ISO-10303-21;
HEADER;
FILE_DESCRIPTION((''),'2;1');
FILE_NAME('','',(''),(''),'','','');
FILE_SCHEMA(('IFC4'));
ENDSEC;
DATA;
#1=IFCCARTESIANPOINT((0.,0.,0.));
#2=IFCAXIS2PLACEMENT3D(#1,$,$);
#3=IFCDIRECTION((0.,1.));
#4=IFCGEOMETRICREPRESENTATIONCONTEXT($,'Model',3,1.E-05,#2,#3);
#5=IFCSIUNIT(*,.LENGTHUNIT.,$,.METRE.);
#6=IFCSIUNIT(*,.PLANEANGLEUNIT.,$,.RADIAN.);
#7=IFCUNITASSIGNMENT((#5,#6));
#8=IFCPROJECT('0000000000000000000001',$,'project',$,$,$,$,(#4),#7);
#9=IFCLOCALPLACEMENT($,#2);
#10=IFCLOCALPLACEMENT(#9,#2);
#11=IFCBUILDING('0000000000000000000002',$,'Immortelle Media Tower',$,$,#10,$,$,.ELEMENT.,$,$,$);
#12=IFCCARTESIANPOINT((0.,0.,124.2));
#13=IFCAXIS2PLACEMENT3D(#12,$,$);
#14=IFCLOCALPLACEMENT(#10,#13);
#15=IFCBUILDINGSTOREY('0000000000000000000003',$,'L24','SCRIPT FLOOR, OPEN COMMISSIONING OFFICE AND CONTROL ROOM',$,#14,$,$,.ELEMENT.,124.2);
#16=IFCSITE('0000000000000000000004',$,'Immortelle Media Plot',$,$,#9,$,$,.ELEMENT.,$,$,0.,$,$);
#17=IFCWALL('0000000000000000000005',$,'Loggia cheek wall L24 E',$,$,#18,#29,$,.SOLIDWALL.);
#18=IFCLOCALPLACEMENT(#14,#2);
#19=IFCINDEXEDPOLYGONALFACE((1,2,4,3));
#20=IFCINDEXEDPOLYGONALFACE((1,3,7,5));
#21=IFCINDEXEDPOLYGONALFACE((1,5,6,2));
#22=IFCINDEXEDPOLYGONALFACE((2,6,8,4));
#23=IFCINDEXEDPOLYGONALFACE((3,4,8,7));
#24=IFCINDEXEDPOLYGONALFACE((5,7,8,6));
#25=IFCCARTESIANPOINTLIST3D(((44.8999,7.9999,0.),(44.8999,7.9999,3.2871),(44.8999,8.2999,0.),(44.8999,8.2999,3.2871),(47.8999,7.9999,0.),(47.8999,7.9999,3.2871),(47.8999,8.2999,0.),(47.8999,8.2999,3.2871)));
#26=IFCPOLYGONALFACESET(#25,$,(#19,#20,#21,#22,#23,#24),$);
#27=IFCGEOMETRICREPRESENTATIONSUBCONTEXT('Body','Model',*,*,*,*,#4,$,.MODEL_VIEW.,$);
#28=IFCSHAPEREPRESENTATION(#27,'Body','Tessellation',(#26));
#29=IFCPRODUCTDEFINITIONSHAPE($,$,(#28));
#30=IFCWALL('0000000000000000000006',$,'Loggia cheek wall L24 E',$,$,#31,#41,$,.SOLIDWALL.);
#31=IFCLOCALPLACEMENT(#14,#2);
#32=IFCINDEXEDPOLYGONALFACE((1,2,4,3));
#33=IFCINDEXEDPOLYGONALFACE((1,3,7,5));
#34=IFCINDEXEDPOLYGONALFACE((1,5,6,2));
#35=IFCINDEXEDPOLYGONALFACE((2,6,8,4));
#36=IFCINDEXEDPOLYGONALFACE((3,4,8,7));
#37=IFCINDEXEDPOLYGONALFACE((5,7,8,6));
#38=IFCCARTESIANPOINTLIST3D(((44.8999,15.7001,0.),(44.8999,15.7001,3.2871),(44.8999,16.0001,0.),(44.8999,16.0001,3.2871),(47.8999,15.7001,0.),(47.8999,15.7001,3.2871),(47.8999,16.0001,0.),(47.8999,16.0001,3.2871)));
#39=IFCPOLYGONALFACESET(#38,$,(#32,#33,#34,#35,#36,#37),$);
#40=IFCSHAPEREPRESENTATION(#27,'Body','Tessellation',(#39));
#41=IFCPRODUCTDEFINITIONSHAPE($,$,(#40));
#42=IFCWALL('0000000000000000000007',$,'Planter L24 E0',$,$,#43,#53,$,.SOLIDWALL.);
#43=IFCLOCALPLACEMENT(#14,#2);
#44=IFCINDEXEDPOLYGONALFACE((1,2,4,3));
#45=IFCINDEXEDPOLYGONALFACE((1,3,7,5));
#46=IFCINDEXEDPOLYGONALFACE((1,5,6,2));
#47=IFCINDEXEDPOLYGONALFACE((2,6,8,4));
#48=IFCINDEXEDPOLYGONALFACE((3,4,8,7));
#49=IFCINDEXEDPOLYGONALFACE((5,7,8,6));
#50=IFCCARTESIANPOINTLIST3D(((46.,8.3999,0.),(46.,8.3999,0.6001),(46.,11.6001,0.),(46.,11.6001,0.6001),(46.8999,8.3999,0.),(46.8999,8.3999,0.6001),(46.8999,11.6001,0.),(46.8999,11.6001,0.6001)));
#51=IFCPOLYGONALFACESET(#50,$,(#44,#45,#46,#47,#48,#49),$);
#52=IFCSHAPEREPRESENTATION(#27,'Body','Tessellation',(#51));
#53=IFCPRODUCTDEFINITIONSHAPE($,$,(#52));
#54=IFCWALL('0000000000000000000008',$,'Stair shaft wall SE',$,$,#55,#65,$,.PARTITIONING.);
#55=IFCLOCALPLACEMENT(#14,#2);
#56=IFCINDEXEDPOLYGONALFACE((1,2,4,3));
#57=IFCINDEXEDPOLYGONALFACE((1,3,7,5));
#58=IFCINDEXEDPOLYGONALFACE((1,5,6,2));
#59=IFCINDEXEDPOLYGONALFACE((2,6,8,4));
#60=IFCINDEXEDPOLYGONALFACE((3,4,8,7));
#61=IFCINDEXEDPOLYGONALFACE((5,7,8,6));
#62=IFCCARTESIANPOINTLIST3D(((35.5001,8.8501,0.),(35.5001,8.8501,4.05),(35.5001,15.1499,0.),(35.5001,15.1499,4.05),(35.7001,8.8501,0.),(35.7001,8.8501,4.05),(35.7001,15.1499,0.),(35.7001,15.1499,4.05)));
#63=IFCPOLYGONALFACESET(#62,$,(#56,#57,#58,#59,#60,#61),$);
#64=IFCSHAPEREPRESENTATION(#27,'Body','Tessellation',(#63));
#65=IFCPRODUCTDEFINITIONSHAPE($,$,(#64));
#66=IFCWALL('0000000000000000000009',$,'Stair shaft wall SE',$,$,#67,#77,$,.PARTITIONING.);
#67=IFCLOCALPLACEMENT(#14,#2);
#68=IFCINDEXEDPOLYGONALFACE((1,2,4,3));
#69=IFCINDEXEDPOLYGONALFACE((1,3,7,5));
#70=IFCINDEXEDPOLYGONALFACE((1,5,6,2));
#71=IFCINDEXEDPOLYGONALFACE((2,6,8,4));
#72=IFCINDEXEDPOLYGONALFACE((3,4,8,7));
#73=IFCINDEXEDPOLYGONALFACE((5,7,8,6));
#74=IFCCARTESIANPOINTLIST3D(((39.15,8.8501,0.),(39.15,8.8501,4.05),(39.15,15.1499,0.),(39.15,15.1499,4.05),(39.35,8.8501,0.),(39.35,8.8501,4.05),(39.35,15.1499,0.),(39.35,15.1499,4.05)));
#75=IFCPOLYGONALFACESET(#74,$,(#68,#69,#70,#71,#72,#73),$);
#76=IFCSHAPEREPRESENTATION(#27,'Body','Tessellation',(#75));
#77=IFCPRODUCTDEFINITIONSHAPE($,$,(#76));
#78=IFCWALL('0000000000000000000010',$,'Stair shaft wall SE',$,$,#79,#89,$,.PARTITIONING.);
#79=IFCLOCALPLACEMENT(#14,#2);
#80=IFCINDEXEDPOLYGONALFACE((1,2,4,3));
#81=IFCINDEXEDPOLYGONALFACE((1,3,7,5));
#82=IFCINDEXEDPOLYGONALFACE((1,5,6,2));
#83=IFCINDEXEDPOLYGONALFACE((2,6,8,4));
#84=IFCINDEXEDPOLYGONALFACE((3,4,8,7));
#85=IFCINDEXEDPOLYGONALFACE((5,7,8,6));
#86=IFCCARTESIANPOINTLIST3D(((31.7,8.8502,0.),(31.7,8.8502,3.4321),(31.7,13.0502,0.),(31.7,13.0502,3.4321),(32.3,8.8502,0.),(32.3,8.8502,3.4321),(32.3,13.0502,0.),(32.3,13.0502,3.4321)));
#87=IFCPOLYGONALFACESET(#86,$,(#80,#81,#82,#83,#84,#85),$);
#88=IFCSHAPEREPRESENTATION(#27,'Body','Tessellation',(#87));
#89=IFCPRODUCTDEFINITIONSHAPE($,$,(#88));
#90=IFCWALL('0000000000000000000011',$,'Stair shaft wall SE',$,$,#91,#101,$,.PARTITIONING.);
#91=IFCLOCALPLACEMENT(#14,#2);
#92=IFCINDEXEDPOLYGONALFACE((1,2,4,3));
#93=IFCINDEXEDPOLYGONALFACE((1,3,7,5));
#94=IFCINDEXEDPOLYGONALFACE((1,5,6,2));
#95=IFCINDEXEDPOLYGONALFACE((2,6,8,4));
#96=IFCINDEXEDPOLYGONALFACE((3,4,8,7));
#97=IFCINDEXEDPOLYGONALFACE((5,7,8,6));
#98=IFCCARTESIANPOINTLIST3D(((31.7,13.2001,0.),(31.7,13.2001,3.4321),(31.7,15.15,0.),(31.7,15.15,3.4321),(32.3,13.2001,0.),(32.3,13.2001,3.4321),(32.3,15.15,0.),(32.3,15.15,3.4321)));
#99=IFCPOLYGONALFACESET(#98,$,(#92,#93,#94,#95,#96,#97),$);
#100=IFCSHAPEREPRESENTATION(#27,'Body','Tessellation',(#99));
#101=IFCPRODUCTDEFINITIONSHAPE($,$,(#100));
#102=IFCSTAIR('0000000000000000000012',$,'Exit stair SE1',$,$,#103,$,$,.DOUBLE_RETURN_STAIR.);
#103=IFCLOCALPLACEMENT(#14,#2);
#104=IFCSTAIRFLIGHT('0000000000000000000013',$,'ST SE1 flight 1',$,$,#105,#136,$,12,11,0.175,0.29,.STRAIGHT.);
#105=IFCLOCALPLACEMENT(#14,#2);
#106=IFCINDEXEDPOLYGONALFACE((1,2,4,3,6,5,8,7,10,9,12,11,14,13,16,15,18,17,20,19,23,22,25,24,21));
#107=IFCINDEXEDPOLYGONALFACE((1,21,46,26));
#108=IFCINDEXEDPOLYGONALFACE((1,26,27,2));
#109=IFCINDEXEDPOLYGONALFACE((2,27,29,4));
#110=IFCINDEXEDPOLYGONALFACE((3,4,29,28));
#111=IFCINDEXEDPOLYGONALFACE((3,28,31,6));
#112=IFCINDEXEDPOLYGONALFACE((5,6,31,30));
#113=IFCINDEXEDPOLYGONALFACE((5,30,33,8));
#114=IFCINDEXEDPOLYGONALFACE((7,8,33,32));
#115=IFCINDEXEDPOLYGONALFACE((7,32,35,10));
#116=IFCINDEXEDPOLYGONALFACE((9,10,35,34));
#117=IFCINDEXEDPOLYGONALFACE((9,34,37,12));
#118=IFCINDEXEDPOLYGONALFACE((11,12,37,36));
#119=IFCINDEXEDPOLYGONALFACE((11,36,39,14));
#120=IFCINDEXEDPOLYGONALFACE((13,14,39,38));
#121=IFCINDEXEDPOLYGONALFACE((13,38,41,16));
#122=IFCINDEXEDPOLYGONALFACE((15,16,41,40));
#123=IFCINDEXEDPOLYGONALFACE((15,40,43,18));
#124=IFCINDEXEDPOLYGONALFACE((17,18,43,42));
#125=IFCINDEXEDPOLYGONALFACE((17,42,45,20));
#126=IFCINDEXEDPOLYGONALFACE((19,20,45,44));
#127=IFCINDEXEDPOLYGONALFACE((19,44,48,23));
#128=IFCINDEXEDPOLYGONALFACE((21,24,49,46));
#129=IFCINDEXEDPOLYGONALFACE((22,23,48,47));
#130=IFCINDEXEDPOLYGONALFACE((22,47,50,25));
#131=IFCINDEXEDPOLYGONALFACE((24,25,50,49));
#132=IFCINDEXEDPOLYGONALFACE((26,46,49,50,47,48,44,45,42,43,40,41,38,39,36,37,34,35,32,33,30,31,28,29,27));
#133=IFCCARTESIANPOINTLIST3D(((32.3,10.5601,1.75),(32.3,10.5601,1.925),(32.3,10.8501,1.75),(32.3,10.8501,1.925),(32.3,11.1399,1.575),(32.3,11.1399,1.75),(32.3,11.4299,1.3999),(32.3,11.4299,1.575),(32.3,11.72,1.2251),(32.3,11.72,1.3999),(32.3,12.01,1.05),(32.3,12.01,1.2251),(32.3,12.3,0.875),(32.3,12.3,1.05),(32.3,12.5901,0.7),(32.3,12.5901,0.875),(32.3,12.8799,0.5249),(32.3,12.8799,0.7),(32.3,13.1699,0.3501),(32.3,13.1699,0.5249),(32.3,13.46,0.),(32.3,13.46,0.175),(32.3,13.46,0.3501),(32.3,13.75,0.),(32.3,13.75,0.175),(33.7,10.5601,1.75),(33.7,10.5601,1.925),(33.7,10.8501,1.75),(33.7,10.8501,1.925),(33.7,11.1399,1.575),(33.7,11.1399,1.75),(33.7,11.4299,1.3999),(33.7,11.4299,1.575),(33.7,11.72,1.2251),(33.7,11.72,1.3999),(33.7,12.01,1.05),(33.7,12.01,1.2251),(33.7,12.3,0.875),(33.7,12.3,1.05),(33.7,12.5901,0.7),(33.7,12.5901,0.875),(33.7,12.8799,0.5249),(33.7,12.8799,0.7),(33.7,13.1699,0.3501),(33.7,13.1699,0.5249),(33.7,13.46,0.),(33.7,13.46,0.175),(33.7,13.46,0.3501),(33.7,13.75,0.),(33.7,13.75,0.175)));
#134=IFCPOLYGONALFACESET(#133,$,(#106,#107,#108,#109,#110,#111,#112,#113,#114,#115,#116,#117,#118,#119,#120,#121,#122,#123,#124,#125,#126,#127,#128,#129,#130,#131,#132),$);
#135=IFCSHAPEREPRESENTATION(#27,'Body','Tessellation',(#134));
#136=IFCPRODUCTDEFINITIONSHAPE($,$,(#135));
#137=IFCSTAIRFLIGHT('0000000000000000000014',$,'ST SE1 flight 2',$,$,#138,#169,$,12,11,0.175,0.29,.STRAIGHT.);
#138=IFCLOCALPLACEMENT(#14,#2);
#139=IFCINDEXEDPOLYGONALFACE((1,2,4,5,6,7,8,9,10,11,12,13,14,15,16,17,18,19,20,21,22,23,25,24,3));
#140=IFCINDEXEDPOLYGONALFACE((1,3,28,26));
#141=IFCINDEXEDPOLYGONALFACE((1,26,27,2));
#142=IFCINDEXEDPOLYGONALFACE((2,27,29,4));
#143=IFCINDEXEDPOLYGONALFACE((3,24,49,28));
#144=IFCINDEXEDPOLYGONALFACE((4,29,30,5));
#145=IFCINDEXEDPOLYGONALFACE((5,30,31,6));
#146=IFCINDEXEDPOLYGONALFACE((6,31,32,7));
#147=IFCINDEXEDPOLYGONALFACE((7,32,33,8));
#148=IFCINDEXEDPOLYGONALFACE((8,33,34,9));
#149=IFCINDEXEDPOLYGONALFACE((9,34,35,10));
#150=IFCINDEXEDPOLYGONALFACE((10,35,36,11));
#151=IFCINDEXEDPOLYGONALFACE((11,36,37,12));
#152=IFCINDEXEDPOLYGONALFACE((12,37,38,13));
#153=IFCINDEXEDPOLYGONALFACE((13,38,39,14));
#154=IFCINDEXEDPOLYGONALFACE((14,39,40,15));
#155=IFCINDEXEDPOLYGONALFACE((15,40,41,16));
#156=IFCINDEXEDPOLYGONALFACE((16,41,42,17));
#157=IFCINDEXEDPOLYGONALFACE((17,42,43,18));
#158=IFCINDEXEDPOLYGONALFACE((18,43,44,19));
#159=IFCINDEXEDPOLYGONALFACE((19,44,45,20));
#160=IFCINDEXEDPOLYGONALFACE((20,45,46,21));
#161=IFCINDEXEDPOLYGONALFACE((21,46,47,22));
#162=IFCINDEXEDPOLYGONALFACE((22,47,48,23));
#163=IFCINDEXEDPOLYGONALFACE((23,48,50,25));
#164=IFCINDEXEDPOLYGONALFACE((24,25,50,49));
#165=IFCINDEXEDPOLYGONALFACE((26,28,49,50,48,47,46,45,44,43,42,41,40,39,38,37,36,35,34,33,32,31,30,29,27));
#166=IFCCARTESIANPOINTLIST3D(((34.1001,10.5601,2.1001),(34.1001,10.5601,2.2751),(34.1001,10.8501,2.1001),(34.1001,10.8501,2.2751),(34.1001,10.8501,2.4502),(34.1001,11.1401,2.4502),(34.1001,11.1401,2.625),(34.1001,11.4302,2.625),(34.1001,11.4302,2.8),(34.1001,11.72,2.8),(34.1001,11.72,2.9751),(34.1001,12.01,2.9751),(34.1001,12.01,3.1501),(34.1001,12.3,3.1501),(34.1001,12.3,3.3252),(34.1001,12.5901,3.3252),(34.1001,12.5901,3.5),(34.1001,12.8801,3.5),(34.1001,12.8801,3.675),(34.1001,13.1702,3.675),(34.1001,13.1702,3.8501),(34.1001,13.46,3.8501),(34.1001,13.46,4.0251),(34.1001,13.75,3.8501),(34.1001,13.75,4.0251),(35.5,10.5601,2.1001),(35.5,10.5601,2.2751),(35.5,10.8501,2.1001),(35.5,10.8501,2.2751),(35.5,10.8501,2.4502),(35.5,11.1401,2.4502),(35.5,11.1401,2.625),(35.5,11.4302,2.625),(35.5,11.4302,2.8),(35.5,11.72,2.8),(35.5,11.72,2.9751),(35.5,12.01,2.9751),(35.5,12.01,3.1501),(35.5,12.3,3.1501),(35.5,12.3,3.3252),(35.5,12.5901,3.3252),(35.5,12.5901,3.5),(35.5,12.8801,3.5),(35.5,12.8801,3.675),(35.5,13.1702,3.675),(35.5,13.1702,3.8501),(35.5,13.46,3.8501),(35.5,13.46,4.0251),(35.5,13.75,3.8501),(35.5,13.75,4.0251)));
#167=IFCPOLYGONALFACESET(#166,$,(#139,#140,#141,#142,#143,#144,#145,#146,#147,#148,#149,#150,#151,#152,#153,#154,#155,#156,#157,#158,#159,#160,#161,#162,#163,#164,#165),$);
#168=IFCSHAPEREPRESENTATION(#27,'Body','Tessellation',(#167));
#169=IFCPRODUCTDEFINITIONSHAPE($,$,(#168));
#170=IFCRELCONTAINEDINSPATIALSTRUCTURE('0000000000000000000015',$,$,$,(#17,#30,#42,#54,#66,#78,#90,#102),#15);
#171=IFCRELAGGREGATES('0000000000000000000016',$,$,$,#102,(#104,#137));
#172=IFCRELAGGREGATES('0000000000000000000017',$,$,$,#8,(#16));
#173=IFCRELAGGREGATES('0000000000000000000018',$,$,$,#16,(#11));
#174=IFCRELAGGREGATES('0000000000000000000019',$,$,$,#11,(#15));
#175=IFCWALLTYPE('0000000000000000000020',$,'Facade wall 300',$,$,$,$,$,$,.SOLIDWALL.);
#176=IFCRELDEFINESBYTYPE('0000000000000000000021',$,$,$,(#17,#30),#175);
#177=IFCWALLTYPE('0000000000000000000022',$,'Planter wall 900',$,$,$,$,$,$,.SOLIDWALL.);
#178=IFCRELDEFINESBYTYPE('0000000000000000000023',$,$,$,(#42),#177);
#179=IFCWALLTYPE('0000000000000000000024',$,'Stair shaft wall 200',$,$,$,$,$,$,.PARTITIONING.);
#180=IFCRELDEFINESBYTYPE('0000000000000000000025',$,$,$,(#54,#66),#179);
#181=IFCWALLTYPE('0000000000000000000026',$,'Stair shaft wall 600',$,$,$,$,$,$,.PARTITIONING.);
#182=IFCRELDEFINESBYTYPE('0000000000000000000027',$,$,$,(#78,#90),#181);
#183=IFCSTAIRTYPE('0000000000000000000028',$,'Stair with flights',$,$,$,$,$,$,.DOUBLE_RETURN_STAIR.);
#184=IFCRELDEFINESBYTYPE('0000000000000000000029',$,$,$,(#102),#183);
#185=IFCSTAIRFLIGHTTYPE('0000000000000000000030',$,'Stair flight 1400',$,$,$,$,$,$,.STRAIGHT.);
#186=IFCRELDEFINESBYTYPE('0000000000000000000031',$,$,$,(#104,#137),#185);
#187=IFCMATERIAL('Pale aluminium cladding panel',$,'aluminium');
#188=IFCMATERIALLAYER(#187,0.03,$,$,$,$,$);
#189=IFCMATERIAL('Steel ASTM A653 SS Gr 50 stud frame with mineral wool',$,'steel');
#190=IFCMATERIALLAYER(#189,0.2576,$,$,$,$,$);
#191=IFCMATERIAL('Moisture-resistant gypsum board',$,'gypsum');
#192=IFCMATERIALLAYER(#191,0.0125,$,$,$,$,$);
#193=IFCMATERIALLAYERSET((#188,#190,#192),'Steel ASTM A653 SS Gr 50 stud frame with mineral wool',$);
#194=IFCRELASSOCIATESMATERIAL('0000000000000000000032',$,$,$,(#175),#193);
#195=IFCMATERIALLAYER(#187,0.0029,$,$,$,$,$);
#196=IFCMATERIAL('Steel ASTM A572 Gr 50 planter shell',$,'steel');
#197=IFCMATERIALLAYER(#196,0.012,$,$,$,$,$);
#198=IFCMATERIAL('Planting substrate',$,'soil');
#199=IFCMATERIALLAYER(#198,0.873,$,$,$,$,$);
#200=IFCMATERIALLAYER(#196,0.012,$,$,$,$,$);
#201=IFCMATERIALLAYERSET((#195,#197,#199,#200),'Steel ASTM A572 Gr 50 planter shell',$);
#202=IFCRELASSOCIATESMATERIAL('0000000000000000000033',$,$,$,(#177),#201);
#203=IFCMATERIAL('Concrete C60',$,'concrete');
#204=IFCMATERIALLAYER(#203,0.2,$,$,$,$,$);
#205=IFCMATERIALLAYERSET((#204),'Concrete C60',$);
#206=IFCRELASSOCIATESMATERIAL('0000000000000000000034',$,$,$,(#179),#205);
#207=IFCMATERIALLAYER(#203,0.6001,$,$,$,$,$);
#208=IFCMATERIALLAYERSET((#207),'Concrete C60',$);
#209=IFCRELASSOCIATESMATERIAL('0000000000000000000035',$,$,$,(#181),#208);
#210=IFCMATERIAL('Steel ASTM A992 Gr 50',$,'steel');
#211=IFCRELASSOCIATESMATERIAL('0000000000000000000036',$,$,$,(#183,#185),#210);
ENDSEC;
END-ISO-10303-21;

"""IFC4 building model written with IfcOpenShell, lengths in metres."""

from ifc_helpers import new_model, si_unit, direction, frame, frame_2d, origin, place, context, subcontext, project, spatial, polyline, rectangle, outline, extrude, material, layer, layer_set, type_object, element, aggregate, save


model = new_model("IFC4")

# Units and contexts
model_context = context("Model", 3, precision=1e-05, world=origin(), true_north=direction((0.0, 1.0)))
body_context = subcontext(model_context, "Body", "Model", "MODEL_VIEW")
ifc_project = project(units=[si_unit("LENGTHUNIT", "METRE"), si_unit("PLANEANGLEUNIT", "RADIAN")], contexts=[model_context])

# Site, building, storey
site_placement = place(None, origin())
site = spatial("IfcSite", under=ifc_project, at=site_placement, Name="Immortelle Media Plot", CompositionType="ELEMENT", RefElevation=0.0)
building_placement = place(site_placement, origin())
building = spatial("IfcBuilding", under=site, at=building_placement, Name="Immortelle Media Tower", CompositionType="ELEMENT")
storey_placement = place(building_placement, frame((0.0, 0.0, 124.2)))
storey = spatial("IfcBuildingStorey", under=building, at=storey_placement, Name="L24", Description="SCRIPT FLOOR, OPEN COMMISSIONING OFFICE AND CONTROL ROOM", CompositionType="ELEMENT", Elevation=124.2)

# Shared definitions
ifc_material_1 = material(Name="Steel ASTM A992 Gr 50", Category="steel")

# Shared definitions
ifc_material_2 = material(Name="Pale aluminium cladding panel", Category="aluminium")
ifc_layer_1 = layer(ifc_material_2, 0.03)
ifc_material_3 = material(Name="Steel ASTM A653 SS Gr 50 stud frame with mineral wool", Category="steel")
ifc_layer_2 = layer(ifc_material_3, 0.2576)
ifc_material_4 = material(Name="Moisture-resistant gypsum board", Category="gypsum")
ifc_layer_3 = layer(ifc_material_4, 0.0125)
ifc_layer_set_1 = layer_set([ifc_layer_1, ifc_layer_2, ifc_layer_3], Name="Steel ASTM A653 SS Gr 50 stud frame with mineral wool")
wall_type_1 = type_object("IfcWallType", Name="Facade wall 300", PredefinedType="SOLIDWALL", material=ifc_layer_set_1)

# Walls
for number, where, z_axis, x_axis, name in (
    (1, (47.8999, 8.1499, 0.0), (0.0, 0.0, 1.0), (-1.0, 0.0, 0.0), "Loggia cheek wall L24 E"),
    (2, (47.8999, 15.8501, 0.0), (0.0, 0.0, 1.0), (-1.0, 0.0, 0.0), "Loggia cheek wall L24 E"),
):
    element("IfcWall", number, at=place(storey_placement, frame(where, z_axis=z_axis, x_axis=x_axis)), inside=storey, type_object=wall_type_1, Name=name, PredefinedType="SOLIDWALL", context=body_context, shape_type="SweptSolid", body=[
        extrude(rectangle(XDim=3.0, YDim=0.3, at=frame_2d((1.5, 0.0))), origin(), (0.0, 0.0, 1.0), 3.2871),
    ])
ifc_layer_4 = layer(ifc_material_2, 0.0029)
ifc_material_5 = material(Name="Steel ASTM A572 Gr 50 planter shell", Category="steel")
ifc_layer_5 = layer(ifc_material_5, 0.012)
ifc_material_6 = material(Name="Planting substrate", Category="soil")
ifc_layer_6 = layer(ifc_material_6, 0.873)
ifc_layer_7 = layer(ifc_material_5, 0.012)
ifc_layer_set_2 = layer_set([ifc_layer_4, ifc_layer_5, ifc_layer_6, ifc_layer_7], Name="Steel ASTM A572 Gr 50 planter shell")
wall_type_2 = type_object("IfcWallType", Name="Planter wall 900", PredefinedType="SOLIDWALL", material=ifc_layer_set_2)
wall_1_placement = place(storey_placement, frame((46.45, 8.3999, 0.0), z_axis=(0.0, 0.0, 1.0), x_axis=(0.0, 1.0, 0.0)))
element("IfcWall", 3, at=wall_1_placement, inside=storey, type_object=wall_type_2, Name="Planter L24 E0", PredefinedType="SOLIDWALL", context=body_context, shape_type="SweptSolid", body=[
    extrude(rectangle(XDim=3.2002, YDim=0.8999, at=frame_2d((1.6001, 0.0))), origin(), (0.0, 0.0, 1.0), 0.6001),
])
ifc_material_7 = material(Name="Concrete C60", Category="concrete")
ifc_layer_8 = layer(ifc_material_7, 0.2)
ifc_layer_set_3 = layer_set([ifc_layer_8], Name="Concrete C60")
wall_type_3 = type_object("IfcWallType", Name="Stair shaft wall 200", PredefinedType="PARTITIONING", material=ifc_layer_set_3)
for number, where, z_axis, x_axis, name in (
    (4, (35.6001, 8.8501, 0.0), (0.0, 0.0, 1.0), (0.0, 1.0, 0.0), "Stair shaft wall SE"),
    (5, (39.25, 8.8501, 0.0), (0.0, 0.0, 1.0), (0.0, 1.0, 0.0), "Stair shaft wall SE"),
):
    element("IfcWall", number, at=place(storey_placement, frame(where, z_axis=z_axis, x_axis=x_axis)), inside=storey, type_object=wall_type_3, Name=name, PredefinedType="PARTITIONING", context=body_context, shape_type="SweptSolid", body=[
        extrude(rectangle(XDim=6.2998, YDim=0.2, at=frame_2d((3.1499, 0.0))), origin(), (0.0, 0.0, 1.0), 4.05),
    ])
ifc_layer_9 = layer(ifc_material_7, 0.6001)
ifc_layer_set_4 = layer_set([ifc_layer_9], Name="Concrete C60")
wall_type_4 = type_object("IfcWallType", Name="Stair shaft wall 600", PredefinedType="PARTITIONING", material=ifc_layer_set_4)
wall_2_placement = place(storey_placement, frame((32.0, 8.8501, 0.0), z_axis=(0.0, 0.0, 1.0), x_axis=(0.0, 1.0, 0.0)))
element("IfcWall", 6, at=wall_2_placement, inside=storey, type_object=wall_type_4, Name="Stair shaft wall SE", PredefinedType="PARTITIONING", context=body_context, shape_type="SweptSolid", body=[
    extrude(rectangle(XDim=4.2, YDim=0.6001, at=frame_2d((2.1001, 0.0))), origin(), (0.0, 0.0, 1.0), 3.4321),
])
wall_3_placement = place(storey_placement, frame((32.0, 13.2, 0.0), z_axis=(0.0, 0.0, 1.0), x_axis=(0.0, 1.0, 0.0)))
element("IfcWall", 7, at=wall_3_placement, inside=storey, type_object=wall_type_4, Name="Stair shaft wall SE", PredefinedType="PARTITIONING", context=body_context, shape_type="SweptSolid", body=[
    extrude(rectangle(XDim=1.95, YDim=0.6001, at=frame_2d((0.9751, 0.0))), origin(), (0.0, 0.0, 1.0), 3.4321),
])

# Stair, stair flights
stair_type = type_object("IfcStairType", Name="Stair with flights", PredefinedType="DOUBLE_RETURN_STAIR", material=ifc_material_1)
stair_1_placement = place(storey_placement, origin())
stair_1 = element("IfcStair", 8, at=stair_1_placement, inside=storey, type_object=stair_type, Name="Exit stair SE1", PredefinedType="DOUBLE_RETURN_STAIR")
stair_flight_type = type_object("IfcStairFlightType", Name="Stair flight 1400", PredefinedType="STRAIGHT", material=ifc_material_1)
stair_flight_1_placement = place(storey_placement, frame((33.0, 13.75, 0.0), z_axis=(0.0, 0.0, 1.0), x_axis=(0.0, -1.0, 0.0)))
stair_flight_1 = element("IfcStairFlight", 9, at=stair_flight_1_placement, type_object=stair_flight_type, Name="ST SE1 flight 1", NumberOfRisers=12, NumberOfTreads=11, PredefinedType="STRAIGHT", RiserHeight=0.175, TreadLength=0.29, context=body_context, shape_type="SweptSolid", body=[
    extrude(outline(polyline([(0.0, 0.0), (0.0, 0.175), (0.29, 0.175), (0.29, 0.3501), (0.5801, 0.3501), (0.5801, 0.5249), (0.8701, 0.5249), (0.8701, 0.7), (1.1599, 0.7), (1.1599, 0.875), (1.45, 0.875), (1.45, 1.05), (1.74, 1.05), (1.74, 1.2251), (2.03, 1.2251), (2.03, 1.3999), (2.3201, 1.3999), (2.3201, 1.575), (2.6101, 1.575), (2.6101, 1.75), (2.8999, 1.75), (2.8999, 1.925), (3.1899, 1.925), (3.1899, 2.1001), (3.1899, 1.75), (0.29, 0.0), (0.0, 0.0)])), frame((0.0, 0.7, 0.0), z_axis=(0.0, -1.0, 0.0), x_axis=(1.0, 0.0, 0.0)), (0.0, 0.0, 1.0), 1.3999),
])
stair_flight_2_placement = place(storey_placement, frame((34.8, 10.5601, 2.1001), z_axis=(0.0, 0.0, 1.0), x_axis=(0.0, 1.0, 0.0)))
stair_flight_2 = element("IfcStairFlight", 10, at=stair_flight_2_placement, type_object=stair_flight_type, Name="ST SE1 flight 2", NumberOfRisers=12, NumberOfTreads=11, PredefinedType="STRAIGHT", RiserHeight=0.175, TreadLength=0.29, context=body_context, shape_type="SweptSolid", body=[
    extrude(outline(polyline([(0.0, 0.0), (0.0, 0.175), (0.29, 0.175), (0.29, 0.3501), (0.5801, 0.3501), (0.5801, 0.5249), (0.8701, 0.5249), (0.8701, 0.7), (1.1599, 0.7), (1.1599, 0.875), (1.45, 0.875), (1.45, 1.05), (1.74, 1.05), (1.74, 1.2251), (2.03, 1.2251), (2.03, 1.3999), (2.3201, 1.3999), (2.3201, 1.575), (2.6101, 1.575), (2.6101, 1.75), (2.8999, 1.75), (2.8999, 1.925), (3.1899, 1.925), (3.1899, 2.1001), (3.1899, 1.75), (0.29, 0.0), (0.0, 0.0)])), frame((0.0, 0.7, 0.0), z_axis=(0.0, -1.0, 0.0), x_axis=(1.0, 0.0, 0.0)), (0.0, 0.0, 1.0), 1.3999),
])
aggregate(stair_1, [stair_flight_1, stair_flight_2])

save(model, "model.ifc")
